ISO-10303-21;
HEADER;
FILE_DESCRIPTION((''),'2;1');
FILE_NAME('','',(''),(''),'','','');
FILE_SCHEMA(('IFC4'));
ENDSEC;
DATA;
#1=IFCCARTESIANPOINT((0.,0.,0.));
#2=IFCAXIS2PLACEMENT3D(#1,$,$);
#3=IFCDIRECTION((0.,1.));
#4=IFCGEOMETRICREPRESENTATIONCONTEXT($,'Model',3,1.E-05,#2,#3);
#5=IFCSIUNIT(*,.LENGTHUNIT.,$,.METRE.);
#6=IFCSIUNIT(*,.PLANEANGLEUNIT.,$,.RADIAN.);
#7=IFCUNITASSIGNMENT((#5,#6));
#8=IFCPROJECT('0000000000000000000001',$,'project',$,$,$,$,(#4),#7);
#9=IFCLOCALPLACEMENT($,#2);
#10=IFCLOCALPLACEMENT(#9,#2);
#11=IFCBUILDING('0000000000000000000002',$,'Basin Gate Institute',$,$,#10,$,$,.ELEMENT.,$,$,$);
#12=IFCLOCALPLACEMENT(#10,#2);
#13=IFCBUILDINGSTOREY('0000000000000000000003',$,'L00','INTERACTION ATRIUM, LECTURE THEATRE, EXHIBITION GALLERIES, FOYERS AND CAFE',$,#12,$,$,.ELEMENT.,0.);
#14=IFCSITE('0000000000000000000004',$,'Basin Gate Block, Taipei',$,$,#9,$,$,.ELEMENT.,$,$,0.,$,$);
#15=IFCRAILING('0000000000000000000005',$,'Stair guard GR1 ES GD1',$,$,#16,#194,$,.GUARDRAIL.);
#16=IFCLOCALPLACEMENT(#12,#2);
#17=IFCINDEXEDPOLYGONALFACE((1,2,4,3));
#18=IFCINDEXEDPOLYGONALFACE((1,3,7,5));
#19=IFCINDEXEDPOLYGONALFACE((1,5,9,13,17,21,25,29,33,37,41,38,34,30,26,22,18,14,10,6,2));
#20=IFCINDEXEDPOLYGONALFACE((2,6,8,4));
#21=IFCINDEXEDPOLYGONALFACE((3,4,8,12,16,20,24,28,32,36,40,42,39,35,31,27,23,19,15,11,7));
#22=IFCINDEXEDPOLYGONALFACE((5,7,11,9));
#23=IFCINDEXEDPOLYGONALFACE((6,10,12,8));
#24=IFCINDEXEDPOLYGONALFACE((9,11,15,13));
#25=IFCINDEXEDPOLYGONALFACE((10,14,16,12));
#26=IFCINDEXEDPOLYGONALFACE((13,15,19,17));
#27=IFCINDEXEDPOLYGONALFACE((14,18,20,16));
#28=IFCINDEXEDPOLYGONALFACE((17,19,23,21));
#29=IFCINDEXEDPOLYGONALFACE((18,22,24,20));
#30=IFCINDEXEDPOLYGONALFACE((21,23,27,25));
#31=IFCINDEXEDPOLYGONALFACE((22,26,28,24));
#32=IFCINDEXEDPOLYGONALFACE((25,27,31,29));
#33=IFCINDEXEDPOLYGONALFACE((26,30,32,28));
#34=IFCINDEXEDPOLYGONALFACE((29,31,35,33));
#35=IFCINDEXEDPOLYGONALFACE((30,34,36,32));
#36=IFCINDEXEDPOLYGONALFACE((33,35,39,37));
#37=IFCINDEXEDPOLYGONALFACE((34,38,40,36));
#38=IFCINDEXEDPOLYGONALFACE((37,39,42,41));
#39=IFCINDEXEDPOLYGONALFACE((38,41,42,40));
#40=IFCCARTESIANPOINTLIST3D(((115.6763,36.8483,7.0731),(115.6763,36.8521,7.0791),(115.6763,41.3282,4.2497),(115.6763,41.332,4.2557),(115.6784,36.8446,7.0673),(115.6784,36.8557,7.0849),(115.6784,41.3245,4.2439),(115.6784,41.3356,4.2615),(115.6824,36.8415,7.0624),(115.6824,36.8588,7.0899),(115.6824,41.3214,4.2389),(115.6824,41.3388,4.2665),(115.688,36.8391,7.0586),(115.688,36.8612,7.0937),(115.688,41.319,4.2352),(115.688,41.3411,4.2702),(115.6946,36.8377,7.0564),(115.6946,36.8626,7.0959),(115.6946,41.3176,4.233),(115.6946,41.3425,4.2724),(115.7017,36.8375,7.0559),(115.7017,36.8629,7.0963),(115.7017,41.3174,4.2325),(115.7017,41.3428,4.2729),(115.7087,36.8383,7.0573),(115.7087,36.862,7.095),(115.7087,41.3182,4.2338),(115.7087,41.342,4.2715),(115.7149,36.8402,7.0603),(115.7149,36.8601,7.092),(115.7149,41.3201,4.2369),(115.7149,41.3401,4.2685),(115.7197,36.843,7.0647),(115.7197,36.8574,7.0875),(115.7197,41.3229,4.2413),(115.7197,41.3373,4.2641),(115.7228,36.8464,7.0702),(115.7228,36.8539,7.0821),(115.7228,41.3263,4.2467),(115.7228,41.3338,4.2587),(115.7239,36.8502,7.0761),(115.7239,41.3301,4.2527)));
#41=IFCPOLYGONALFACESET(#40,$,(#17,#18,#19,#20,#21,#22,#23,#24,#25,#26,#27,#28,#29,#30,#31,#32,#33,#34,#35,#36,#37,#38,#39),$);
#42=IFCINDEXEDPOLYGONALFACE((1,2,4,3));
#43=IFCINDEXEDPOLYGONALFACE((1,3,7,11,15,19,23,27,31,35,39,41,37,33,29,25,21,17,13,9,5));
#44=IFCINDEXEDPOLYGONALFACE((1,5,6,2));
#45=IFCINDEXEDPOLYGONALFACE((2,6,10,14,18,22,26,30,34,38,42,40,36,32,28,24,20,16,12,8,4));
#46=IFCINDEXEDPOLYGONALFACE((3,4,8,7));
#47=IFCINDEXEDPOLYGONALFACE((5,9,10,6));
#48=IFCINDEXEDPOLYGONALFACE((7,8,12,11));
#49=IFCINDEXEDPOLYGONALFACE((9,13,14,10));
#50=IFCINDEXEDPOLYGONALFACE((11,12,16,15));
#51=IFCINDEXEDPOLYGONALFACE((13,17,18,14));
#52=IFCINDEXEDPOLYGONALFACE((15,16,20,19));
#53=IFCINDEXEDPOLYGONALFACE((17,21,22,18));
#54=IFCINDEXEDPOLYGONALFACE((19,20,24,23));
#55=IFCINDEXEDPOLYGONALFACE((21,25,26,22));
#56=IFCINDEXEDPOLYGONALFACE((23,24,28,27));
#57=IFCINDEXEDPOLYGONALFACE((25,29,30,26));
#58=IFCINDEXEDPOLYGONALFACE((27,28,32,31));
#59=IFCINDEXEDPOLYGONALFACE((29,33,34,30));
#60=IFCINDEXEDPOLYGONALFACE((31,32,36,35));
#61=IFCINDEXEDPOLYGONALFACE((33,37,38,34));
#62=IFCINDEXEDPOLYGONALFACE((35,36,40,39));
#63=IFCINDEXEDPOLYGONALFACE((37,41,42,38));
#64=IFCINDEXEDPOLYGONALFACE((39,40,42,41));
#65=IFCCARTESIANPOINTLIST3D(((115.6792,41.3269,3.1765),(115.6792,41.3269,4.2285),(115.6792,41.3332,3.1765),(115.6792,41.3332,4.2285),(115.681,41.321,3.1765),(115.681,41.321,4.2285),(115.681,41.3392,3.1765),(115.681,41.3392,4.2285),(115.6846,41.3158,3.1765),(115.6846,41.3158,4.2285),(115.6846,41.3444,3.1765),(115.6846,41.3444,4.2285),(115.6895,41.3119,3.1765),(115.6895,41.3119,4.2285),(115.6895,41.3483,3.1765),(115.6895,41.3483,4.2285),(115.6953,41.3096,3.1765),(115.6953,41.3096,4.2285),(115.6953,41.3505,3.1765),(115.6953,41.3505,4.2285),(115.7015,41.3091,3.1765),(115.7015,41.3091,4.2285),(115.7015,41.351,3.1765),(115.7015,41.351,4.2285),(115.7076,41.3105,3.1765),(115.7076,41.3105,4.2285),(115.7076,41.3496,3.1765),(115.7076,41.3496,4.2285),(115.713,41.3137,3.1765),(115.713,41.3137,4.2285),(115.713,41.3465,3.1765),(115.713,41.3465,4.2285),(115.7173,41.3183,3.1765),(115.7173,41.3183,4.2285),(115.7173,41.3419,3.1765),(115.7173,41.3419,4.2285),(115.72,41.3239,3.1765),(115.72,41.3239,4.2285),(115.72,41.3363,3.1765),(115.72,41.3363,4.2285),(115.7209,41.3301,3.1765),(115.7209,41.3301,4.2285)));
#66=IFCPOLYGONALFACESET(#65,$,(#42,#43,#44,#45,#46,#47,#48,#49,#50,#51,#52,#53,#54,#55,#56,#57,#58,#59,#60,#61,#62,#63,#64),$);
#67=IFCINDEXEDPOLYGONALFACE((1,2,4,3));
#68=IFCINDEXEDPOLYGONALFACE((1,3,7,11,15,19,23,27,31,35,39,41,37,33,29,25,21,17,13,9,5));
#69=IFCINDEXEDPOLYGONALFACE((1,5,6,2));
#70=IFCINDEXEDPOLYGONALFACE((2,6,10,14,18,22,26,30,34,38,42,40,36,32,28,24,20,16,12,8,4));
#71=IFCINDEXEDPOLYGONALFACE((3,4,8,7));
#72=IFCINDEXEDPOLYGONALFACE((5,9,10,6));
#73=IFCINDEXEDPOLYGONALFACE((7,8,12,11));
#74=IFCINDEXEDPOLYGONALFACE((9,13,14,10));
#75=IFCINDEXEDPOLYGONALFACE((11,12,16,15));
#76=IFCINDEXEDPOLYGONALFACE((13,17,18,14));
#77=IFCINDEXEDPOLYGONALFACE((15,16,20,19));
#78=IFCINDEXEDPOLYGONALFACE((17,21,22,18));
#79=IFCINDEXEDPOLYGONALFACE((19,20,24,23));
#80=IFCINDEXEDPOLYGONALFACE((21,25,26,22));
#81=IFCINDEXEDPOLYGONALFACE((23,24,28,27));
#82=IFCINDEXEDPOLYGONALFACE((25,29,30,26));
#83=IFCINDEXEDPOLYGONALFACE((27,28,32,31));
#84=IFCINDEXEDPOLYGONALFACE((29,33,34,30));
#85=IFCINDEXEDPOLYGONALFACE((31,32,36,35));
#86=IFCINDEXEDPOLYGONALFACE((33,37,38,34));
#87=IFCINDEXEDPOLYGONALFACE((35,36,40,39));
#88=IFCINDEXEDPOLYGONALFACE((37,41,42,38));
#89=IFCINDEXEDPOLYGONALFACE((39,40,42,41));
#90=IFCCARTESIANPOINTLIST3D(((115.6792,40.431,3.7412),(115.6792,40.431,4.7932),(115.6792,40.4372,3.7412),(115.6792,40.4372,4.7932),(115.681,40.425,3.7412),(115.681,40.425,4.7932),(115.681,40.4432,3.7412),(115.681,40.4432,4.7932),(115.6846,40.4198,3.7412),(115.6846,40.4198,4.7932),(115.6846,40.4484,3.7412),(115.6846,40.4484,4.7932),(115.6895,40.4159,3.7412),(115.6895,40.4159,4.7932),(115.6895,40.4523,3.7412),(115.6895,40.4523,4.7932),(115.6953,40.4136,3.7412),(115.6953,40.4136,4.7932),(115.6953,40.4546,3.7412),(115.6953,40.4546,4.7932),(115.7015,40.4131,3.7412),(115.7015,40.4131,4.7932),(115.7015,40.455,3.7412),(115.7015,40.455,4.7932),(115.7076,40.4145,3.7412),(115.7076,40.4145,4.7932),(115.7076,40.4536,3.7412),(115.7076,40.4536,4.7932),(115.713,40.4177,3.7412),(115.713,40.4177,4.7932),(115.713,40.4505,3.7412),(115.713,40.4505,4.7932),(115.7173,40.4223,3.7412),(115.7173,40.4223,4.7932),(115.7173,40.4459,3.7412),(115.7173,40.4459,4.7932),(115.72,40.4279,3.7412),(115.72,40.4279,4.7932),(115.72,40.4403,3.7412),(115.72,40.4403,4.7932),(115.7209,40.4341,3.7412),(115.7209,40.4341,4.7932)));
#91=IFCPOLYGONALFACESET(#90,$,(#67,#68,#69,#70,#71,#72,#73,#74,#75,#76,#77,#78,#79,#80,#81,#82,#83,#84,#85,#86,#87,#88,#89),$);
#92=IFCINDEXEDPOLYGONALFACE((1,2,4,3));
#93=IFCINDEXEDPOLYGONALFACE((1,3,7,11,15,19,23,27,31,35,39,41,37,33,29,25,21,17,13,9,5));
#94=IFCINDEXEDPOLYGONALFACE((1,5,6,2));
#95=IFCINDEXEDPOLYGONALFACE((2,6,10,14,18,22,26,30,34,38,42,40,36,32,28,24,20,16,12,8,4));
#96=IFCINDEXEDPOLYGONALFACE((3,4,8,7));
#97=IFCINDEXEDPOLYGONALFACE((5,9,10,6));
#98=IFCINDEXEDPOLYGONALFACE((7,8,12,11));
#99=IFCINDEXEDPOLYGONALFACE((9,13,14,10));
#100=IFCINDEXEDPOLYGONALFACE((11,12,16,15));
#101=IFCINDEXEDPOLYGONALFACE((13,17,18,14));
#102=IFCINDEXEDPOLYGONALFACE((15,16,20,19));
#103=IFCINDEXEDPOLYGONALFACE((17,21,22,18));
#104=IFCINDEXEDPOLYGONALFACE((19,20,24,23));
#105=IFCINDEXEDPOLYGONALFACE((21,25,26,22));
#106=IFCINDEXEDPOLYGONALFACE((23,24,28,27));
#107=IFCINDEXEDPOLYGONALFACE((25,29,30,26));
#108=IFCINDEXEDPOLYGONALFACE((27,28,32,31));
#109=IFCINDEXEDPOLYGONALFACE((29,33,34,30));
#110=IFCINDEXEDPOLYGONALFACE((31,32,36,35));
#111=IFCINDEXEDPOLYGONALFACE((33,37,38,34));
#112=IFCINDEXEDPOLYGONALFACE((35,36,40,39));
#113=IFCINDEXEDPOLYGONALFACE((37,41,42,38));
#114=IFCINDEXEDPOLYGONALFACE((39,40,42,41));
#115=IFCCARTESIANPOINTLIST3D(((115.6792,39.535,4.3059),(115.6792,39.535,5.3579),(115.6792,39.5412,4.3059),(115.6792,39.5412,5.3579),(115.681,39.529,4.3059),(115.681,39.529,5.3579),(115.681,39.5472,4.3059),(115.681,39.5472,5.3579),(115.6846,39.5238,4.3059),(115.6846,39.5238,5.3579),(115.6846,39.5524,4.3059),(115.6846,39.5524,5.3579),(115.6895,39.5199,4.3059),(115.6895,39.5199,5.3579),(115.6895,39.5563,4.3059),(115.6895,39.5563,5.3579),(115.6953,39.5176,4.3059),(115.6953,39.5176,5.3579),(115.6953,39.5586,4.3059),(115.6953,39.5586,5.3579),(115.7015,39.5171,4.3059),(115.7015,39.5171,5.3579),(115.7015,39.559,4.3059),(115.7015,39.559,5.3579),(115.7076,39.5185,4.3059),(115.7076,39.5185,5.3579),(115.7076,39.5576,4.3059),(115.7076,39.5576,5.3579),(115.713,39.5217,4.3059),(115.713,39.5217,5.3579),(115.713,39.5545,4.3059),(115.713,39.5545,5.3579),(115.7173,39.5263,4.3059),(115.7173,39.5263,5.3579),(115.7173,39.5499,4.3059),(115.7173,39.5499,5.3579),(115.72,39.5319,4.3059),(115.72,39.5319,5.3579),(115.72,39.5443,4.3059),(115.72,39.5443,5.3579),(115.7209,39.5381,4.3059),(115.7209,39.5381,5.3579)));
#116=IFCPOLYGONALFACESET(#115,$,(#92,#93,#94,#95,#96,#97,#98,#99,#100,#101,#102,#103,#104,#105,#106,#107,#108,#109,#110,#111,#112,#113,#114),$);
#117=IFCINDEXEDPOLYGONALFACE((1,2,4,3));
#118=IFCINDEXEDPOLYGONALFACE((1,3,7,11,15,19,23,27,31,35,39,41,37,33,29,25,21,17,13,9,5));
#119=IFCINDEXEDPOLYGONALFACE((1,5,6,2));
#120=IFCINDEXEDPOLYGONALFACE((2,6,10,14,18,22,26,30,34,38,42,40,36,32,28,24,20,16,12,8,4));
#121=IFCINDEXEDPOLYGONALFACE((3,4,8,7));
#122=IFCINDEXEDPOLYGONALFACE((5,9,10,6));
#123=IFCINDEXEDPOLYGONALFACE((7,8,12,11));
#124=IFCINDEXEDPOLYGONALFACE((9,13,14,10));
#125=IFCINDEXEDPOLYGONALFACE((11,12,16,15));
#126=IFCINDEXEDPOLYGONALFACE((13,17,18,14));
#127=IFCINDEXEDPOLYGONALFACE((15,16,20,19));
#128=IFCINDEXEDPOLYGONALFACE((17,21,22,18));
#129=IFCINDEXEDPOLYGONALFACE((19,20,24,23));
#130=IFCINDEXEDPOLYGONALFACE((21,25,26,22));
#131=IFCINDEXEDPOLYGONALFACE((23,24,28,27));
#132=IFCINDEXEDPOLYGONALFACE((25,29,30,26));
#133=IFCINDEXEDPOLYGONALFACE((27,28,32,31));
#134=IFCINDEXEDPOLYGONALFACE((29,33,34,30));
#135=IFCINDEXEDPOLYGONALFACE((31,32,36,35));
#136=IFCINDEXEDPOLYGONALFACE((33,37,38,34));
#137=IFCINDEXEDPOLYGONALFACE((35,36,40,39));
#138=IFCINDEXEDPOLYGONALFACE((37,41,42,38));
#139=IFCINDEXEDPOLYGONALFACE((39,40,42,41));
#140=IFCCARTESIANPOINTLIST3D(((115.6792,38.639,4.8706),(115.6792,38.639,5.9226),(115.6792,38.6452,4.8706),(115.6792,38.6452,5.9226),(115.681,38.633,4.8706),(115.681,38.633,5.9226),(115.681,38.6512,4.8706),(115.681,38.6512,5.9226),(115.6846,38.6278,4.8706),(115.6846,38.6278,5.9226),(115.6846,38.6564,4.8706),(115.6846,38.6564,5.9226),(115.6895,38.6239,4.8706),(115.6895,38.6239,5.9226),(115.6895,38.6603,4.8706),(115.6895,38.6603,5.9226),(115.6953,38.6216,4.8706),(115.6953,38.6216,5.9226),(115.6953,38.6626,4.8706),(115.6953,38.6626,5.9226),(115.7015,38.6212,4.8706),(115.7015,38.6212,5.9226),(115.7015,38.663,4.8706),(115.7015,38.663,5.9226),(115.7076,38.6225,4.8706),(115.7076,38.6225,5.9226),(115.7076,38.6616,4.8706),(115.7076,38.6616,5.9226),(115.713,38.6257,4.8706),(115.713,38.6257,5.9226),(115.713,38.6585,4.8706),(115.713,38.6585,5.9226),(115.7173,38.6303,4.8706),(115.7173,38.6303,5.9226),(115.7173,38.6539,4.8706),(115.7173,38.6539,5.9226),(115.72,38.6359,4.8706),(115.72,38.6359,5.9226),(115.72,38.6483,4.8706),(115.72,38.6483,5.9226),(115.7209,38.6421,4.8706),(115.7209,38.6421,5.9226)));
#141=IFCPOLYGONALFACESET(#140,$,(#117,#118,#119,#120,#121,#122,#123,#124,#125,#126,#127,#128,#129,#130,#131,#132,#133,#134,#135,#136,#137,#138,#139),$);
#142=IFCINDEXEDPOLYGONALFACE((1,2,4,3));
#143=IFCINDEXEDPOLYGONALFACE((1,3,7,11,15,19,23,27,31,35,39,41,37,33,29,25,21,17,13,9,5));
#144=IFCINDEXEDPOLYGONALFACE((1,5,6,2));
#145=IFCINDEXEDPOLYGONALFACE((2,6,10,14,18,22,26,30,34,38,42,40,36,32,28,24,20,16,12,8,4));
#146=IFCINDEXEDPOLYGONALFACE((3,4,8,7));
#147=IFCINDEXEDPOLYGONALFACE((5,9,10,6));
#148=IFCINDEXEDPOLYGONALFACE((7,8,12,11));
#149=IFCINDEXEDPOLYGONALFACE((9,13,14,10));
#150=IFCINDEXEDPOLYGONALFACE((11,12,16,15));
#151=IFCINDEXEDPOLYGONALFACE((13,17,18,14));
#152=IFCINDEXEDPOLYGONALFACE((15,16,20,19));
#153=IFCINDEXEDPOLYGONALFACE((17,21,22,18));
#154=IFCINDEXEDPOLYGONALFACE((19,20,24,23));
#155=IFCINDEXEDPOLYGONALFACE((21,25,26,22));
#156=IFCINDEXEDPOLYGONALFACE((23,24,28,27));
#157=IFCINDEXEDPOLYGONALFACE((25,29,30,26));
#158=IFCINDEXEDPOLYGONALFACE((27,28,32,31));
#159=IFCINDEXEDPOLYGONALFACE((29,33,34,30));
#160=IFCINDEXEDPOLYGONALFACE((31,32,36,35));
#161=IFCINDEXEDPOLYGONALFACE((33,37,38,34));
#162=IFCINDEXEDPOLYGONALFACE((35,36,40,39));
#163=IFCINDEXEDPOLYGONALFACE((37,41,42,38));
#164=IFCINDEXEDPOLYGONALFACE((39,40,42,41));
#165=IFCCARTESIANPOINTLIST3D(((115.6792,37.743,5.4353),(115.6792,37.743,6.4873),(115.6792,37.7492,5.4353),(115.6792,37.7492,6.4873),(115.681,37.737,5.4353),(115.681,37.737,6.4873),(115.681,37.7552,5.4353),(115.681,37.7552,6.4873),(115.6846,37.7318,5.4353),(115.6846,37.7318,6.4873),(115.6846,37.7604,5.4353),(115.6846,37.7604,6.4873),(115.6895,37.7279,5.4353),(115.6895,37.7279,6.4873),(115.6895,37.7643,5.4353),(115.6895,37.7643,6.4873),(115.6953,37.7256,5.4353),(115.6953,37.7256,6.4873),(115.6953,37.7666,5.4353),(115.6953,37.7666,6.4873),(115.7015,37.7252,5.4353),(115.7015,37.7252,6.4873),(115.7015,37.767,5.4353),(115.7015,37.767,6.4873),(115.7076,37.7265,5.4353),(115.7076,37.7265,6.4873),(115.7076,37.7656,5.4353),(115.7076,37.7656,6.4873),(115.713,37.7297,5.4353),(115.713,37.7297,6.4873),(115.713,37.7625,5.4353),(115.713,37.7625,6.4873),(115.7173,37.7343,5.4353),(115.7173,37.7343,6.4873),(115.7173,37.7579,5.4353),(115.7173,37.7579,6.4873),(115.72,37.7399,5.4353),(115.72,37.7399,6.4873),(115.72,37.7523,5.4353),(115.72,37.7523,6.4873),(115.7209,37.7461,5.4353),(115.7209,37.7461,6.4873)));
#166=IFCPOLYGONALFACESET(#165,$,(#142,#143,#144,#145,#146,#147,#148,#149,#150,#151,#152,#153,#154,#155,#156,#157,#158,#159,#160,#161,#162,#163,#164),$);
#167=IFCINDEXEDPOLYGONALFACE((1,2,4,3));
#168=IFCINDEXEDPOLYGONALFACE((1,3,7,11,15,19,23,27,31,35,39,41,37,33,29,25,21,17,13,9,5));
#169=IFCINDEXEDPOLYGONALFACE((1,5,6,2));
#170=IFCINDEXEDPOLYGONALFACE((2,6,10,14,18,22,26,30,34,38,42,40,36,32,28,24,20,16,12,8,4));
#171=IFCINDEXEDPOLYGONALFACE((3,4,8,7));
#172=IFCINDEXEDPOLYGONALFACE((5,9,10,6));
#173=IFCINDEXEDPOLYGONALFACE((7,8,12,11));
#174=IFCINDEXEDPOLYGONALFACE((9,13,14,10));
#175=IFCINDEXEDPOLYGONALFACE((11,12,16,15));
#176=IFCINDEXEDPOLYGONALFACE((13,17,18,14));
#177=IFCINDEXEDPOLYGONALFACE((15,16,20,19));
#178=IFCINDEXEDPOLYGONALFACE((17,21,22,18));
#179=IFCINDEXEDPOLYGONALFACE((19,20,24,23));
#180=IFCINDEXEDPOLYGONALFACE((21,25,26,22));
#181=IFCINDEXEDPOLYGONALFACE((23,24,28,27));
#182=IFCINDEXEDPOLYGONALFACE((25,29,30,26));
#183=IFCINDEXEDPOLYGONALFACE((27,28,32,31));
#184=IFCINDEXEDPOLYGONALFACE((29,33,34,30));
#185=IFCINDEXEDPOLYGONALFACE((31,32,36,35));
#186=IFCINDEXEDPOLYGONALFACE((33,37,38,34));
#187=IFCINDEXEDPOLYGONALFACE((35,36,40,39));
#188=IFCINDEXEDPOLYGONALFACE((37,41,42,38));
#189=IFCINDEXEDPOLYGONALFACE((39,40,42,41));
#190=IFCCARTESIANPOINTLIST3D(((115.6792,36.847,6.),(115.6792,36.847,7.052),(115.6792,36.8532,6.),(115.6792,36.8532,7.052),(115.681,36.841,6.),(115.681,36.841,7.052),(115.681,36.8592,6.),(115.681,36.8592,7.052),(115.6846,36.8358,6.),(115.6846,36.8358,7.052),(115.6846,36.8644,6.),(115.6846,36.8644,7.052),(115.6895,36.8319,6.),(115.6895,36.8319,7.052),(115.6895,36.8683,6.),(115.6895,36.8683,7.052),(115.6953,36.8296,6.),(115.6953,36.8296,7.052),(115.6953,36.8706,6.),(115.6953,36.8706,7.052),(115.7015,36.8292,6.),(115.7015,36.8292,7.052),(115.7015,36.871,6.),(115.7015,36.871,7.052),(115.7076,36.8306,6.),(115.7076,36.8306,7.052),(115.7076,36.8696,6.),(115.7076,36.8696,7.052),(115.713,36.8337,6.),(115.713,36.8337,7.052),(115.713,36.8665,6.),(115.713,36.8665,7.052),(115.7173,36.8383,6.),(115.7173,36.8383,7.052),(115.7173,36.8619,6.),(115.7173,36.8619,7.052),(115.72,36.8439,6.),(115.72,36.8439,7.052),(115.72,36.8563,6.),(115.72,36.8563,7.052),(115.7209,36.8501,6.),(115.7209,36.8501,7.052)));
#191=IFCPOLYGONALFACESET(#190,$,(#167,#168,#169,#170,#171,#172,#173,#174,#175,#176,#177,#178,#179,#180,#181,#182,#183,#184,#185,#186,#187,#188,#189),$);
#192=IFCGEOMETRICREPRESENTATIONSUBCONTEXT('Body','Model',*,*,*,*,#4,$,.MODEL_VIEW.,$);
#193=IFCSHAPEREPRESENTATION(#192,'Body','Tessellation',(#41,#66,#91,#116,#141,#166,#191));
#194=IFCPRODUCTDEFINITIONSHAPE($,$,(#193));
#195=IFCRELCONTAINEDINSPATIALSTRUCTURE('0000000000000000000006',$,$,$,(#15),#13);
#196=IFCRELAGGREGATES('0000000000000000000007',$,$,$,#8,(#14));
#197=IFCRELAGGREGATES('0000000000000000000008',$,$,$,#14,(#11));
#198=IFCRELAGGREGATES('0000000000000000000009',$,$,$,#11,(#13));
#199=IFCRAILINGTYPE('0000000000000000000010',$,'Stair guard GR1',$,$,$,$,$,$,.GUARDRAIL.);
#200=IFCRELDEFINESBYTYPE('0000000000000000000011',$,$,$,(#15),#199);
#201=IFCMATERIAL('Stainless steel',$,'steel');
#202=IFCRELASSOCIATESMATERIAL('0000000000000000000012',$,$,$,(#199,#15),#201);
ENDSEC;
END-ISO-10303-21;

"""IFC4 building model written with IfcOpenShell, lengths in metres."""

from ifc_helpers import new_model, si_unit, direction, frame, origin, origin_2d, place, context, subcontext, project, spatial, circle, extrude, material, type_object, element, save


model = new_model("IFC4")

# Units and contexts
model_context = context("Model", 3, precision=1e-05, world=origin(), true_north=direction((0.0, 1.0)))
body_context = subcontext(model_context, "Body", "Model", "MODEL_VIEW")
ifc_project = project(units=[si_unit("LENGTHUNIT", "METRE"), si_unit("PLANEANGLEUNIT", "RADIAN")], contexts=[model_context])

# Site, building, storey
site_placement = place(None, origin())
site = spatial("IfcSite", under=ifc_project, at=site_placement, Name="Basin Gate Block, Taipei", CompositionType="ELEMENT", RefElevation=0.0)
building_placement = place(site_placement, origin())
building = spatial("IfcBuilding", under=site, at=building_placement, Name="Basin Gate Institute", CompositionType="ELEMENT")
storey_placement = place(building_placement, origin())
storey = spatial("IfcBuildingStorey", under=building, at=storey_placement, Name="L00", Description="INTERACTION ATRIUM, LECTURE THEATRE, EXHIBITION GALLERIES, FOYERS AND CAFE", CompositionType="ELEMENT", Elevation=0.0)

# Railing
ifc_material_1 = material(Name="Stainless steel", Category="steel")
railing_type_1 = type_object("IfcRailingType", Name="Stair guard GR1", PredefinedType="GUARDRAIL", material=ifc_material_1)
railing_1_placement = place(storey_placement, frame((115.7, 41.3301, 3.1765)))
element("IfcRailing", 1, at=railing_1_placement, inside=storey, type_object=railing_type_1, material=ifc_material_1, Name="Stair guard GR1 ES GD1", PredefinedType="GUARDRAIL", context=body_context, shape_type="SweptSolid", body=[
    extrude(circle(Radius=0.0239, at=origin_2d()), frame((0.0, 0.0, 1.0762), z_axis=(0.0, -0.845998, 0.533186), x_axis=(1.0, 0.0, 0.0)), (0.0, 0.0, 1.0), 5.2954),
    extrude(circle(Radius=0.021, at=origin_2d()), origin(), (0.0, 0.0, 1.0), 1.052),
    extrude(circle(Radius=0.021, at=origin_2d()), frame((0.0, -0.896, 0.5647)), (0.0, 0.0, 1.0), 1.052),
    extrude(circle(Radius=0.021, at=origin_2d()), frame((0.0, -1.792, 1.1294)), (0.0, 0.0, 1.0), 1.052),
    extrude(circle(Radius=0.021, at=origin_2d()), frame((0.0, -2.688, 1.6941)), (0.0, 0.0, 1.0), 1.052),
    extrude(circle(Radius=0.021, at=origin_2d()), frame((0.0, -3.584, 2.2588)), (0.0, 0.0, 1.0), 1.052),
    extrude(circle(Radius=0.021, at=origin_2d()), frame((0.0, -4.48, 2.8235)), (0.0, 0.0, 1.0), 1.052),
])

save(model, "model.ifc")
